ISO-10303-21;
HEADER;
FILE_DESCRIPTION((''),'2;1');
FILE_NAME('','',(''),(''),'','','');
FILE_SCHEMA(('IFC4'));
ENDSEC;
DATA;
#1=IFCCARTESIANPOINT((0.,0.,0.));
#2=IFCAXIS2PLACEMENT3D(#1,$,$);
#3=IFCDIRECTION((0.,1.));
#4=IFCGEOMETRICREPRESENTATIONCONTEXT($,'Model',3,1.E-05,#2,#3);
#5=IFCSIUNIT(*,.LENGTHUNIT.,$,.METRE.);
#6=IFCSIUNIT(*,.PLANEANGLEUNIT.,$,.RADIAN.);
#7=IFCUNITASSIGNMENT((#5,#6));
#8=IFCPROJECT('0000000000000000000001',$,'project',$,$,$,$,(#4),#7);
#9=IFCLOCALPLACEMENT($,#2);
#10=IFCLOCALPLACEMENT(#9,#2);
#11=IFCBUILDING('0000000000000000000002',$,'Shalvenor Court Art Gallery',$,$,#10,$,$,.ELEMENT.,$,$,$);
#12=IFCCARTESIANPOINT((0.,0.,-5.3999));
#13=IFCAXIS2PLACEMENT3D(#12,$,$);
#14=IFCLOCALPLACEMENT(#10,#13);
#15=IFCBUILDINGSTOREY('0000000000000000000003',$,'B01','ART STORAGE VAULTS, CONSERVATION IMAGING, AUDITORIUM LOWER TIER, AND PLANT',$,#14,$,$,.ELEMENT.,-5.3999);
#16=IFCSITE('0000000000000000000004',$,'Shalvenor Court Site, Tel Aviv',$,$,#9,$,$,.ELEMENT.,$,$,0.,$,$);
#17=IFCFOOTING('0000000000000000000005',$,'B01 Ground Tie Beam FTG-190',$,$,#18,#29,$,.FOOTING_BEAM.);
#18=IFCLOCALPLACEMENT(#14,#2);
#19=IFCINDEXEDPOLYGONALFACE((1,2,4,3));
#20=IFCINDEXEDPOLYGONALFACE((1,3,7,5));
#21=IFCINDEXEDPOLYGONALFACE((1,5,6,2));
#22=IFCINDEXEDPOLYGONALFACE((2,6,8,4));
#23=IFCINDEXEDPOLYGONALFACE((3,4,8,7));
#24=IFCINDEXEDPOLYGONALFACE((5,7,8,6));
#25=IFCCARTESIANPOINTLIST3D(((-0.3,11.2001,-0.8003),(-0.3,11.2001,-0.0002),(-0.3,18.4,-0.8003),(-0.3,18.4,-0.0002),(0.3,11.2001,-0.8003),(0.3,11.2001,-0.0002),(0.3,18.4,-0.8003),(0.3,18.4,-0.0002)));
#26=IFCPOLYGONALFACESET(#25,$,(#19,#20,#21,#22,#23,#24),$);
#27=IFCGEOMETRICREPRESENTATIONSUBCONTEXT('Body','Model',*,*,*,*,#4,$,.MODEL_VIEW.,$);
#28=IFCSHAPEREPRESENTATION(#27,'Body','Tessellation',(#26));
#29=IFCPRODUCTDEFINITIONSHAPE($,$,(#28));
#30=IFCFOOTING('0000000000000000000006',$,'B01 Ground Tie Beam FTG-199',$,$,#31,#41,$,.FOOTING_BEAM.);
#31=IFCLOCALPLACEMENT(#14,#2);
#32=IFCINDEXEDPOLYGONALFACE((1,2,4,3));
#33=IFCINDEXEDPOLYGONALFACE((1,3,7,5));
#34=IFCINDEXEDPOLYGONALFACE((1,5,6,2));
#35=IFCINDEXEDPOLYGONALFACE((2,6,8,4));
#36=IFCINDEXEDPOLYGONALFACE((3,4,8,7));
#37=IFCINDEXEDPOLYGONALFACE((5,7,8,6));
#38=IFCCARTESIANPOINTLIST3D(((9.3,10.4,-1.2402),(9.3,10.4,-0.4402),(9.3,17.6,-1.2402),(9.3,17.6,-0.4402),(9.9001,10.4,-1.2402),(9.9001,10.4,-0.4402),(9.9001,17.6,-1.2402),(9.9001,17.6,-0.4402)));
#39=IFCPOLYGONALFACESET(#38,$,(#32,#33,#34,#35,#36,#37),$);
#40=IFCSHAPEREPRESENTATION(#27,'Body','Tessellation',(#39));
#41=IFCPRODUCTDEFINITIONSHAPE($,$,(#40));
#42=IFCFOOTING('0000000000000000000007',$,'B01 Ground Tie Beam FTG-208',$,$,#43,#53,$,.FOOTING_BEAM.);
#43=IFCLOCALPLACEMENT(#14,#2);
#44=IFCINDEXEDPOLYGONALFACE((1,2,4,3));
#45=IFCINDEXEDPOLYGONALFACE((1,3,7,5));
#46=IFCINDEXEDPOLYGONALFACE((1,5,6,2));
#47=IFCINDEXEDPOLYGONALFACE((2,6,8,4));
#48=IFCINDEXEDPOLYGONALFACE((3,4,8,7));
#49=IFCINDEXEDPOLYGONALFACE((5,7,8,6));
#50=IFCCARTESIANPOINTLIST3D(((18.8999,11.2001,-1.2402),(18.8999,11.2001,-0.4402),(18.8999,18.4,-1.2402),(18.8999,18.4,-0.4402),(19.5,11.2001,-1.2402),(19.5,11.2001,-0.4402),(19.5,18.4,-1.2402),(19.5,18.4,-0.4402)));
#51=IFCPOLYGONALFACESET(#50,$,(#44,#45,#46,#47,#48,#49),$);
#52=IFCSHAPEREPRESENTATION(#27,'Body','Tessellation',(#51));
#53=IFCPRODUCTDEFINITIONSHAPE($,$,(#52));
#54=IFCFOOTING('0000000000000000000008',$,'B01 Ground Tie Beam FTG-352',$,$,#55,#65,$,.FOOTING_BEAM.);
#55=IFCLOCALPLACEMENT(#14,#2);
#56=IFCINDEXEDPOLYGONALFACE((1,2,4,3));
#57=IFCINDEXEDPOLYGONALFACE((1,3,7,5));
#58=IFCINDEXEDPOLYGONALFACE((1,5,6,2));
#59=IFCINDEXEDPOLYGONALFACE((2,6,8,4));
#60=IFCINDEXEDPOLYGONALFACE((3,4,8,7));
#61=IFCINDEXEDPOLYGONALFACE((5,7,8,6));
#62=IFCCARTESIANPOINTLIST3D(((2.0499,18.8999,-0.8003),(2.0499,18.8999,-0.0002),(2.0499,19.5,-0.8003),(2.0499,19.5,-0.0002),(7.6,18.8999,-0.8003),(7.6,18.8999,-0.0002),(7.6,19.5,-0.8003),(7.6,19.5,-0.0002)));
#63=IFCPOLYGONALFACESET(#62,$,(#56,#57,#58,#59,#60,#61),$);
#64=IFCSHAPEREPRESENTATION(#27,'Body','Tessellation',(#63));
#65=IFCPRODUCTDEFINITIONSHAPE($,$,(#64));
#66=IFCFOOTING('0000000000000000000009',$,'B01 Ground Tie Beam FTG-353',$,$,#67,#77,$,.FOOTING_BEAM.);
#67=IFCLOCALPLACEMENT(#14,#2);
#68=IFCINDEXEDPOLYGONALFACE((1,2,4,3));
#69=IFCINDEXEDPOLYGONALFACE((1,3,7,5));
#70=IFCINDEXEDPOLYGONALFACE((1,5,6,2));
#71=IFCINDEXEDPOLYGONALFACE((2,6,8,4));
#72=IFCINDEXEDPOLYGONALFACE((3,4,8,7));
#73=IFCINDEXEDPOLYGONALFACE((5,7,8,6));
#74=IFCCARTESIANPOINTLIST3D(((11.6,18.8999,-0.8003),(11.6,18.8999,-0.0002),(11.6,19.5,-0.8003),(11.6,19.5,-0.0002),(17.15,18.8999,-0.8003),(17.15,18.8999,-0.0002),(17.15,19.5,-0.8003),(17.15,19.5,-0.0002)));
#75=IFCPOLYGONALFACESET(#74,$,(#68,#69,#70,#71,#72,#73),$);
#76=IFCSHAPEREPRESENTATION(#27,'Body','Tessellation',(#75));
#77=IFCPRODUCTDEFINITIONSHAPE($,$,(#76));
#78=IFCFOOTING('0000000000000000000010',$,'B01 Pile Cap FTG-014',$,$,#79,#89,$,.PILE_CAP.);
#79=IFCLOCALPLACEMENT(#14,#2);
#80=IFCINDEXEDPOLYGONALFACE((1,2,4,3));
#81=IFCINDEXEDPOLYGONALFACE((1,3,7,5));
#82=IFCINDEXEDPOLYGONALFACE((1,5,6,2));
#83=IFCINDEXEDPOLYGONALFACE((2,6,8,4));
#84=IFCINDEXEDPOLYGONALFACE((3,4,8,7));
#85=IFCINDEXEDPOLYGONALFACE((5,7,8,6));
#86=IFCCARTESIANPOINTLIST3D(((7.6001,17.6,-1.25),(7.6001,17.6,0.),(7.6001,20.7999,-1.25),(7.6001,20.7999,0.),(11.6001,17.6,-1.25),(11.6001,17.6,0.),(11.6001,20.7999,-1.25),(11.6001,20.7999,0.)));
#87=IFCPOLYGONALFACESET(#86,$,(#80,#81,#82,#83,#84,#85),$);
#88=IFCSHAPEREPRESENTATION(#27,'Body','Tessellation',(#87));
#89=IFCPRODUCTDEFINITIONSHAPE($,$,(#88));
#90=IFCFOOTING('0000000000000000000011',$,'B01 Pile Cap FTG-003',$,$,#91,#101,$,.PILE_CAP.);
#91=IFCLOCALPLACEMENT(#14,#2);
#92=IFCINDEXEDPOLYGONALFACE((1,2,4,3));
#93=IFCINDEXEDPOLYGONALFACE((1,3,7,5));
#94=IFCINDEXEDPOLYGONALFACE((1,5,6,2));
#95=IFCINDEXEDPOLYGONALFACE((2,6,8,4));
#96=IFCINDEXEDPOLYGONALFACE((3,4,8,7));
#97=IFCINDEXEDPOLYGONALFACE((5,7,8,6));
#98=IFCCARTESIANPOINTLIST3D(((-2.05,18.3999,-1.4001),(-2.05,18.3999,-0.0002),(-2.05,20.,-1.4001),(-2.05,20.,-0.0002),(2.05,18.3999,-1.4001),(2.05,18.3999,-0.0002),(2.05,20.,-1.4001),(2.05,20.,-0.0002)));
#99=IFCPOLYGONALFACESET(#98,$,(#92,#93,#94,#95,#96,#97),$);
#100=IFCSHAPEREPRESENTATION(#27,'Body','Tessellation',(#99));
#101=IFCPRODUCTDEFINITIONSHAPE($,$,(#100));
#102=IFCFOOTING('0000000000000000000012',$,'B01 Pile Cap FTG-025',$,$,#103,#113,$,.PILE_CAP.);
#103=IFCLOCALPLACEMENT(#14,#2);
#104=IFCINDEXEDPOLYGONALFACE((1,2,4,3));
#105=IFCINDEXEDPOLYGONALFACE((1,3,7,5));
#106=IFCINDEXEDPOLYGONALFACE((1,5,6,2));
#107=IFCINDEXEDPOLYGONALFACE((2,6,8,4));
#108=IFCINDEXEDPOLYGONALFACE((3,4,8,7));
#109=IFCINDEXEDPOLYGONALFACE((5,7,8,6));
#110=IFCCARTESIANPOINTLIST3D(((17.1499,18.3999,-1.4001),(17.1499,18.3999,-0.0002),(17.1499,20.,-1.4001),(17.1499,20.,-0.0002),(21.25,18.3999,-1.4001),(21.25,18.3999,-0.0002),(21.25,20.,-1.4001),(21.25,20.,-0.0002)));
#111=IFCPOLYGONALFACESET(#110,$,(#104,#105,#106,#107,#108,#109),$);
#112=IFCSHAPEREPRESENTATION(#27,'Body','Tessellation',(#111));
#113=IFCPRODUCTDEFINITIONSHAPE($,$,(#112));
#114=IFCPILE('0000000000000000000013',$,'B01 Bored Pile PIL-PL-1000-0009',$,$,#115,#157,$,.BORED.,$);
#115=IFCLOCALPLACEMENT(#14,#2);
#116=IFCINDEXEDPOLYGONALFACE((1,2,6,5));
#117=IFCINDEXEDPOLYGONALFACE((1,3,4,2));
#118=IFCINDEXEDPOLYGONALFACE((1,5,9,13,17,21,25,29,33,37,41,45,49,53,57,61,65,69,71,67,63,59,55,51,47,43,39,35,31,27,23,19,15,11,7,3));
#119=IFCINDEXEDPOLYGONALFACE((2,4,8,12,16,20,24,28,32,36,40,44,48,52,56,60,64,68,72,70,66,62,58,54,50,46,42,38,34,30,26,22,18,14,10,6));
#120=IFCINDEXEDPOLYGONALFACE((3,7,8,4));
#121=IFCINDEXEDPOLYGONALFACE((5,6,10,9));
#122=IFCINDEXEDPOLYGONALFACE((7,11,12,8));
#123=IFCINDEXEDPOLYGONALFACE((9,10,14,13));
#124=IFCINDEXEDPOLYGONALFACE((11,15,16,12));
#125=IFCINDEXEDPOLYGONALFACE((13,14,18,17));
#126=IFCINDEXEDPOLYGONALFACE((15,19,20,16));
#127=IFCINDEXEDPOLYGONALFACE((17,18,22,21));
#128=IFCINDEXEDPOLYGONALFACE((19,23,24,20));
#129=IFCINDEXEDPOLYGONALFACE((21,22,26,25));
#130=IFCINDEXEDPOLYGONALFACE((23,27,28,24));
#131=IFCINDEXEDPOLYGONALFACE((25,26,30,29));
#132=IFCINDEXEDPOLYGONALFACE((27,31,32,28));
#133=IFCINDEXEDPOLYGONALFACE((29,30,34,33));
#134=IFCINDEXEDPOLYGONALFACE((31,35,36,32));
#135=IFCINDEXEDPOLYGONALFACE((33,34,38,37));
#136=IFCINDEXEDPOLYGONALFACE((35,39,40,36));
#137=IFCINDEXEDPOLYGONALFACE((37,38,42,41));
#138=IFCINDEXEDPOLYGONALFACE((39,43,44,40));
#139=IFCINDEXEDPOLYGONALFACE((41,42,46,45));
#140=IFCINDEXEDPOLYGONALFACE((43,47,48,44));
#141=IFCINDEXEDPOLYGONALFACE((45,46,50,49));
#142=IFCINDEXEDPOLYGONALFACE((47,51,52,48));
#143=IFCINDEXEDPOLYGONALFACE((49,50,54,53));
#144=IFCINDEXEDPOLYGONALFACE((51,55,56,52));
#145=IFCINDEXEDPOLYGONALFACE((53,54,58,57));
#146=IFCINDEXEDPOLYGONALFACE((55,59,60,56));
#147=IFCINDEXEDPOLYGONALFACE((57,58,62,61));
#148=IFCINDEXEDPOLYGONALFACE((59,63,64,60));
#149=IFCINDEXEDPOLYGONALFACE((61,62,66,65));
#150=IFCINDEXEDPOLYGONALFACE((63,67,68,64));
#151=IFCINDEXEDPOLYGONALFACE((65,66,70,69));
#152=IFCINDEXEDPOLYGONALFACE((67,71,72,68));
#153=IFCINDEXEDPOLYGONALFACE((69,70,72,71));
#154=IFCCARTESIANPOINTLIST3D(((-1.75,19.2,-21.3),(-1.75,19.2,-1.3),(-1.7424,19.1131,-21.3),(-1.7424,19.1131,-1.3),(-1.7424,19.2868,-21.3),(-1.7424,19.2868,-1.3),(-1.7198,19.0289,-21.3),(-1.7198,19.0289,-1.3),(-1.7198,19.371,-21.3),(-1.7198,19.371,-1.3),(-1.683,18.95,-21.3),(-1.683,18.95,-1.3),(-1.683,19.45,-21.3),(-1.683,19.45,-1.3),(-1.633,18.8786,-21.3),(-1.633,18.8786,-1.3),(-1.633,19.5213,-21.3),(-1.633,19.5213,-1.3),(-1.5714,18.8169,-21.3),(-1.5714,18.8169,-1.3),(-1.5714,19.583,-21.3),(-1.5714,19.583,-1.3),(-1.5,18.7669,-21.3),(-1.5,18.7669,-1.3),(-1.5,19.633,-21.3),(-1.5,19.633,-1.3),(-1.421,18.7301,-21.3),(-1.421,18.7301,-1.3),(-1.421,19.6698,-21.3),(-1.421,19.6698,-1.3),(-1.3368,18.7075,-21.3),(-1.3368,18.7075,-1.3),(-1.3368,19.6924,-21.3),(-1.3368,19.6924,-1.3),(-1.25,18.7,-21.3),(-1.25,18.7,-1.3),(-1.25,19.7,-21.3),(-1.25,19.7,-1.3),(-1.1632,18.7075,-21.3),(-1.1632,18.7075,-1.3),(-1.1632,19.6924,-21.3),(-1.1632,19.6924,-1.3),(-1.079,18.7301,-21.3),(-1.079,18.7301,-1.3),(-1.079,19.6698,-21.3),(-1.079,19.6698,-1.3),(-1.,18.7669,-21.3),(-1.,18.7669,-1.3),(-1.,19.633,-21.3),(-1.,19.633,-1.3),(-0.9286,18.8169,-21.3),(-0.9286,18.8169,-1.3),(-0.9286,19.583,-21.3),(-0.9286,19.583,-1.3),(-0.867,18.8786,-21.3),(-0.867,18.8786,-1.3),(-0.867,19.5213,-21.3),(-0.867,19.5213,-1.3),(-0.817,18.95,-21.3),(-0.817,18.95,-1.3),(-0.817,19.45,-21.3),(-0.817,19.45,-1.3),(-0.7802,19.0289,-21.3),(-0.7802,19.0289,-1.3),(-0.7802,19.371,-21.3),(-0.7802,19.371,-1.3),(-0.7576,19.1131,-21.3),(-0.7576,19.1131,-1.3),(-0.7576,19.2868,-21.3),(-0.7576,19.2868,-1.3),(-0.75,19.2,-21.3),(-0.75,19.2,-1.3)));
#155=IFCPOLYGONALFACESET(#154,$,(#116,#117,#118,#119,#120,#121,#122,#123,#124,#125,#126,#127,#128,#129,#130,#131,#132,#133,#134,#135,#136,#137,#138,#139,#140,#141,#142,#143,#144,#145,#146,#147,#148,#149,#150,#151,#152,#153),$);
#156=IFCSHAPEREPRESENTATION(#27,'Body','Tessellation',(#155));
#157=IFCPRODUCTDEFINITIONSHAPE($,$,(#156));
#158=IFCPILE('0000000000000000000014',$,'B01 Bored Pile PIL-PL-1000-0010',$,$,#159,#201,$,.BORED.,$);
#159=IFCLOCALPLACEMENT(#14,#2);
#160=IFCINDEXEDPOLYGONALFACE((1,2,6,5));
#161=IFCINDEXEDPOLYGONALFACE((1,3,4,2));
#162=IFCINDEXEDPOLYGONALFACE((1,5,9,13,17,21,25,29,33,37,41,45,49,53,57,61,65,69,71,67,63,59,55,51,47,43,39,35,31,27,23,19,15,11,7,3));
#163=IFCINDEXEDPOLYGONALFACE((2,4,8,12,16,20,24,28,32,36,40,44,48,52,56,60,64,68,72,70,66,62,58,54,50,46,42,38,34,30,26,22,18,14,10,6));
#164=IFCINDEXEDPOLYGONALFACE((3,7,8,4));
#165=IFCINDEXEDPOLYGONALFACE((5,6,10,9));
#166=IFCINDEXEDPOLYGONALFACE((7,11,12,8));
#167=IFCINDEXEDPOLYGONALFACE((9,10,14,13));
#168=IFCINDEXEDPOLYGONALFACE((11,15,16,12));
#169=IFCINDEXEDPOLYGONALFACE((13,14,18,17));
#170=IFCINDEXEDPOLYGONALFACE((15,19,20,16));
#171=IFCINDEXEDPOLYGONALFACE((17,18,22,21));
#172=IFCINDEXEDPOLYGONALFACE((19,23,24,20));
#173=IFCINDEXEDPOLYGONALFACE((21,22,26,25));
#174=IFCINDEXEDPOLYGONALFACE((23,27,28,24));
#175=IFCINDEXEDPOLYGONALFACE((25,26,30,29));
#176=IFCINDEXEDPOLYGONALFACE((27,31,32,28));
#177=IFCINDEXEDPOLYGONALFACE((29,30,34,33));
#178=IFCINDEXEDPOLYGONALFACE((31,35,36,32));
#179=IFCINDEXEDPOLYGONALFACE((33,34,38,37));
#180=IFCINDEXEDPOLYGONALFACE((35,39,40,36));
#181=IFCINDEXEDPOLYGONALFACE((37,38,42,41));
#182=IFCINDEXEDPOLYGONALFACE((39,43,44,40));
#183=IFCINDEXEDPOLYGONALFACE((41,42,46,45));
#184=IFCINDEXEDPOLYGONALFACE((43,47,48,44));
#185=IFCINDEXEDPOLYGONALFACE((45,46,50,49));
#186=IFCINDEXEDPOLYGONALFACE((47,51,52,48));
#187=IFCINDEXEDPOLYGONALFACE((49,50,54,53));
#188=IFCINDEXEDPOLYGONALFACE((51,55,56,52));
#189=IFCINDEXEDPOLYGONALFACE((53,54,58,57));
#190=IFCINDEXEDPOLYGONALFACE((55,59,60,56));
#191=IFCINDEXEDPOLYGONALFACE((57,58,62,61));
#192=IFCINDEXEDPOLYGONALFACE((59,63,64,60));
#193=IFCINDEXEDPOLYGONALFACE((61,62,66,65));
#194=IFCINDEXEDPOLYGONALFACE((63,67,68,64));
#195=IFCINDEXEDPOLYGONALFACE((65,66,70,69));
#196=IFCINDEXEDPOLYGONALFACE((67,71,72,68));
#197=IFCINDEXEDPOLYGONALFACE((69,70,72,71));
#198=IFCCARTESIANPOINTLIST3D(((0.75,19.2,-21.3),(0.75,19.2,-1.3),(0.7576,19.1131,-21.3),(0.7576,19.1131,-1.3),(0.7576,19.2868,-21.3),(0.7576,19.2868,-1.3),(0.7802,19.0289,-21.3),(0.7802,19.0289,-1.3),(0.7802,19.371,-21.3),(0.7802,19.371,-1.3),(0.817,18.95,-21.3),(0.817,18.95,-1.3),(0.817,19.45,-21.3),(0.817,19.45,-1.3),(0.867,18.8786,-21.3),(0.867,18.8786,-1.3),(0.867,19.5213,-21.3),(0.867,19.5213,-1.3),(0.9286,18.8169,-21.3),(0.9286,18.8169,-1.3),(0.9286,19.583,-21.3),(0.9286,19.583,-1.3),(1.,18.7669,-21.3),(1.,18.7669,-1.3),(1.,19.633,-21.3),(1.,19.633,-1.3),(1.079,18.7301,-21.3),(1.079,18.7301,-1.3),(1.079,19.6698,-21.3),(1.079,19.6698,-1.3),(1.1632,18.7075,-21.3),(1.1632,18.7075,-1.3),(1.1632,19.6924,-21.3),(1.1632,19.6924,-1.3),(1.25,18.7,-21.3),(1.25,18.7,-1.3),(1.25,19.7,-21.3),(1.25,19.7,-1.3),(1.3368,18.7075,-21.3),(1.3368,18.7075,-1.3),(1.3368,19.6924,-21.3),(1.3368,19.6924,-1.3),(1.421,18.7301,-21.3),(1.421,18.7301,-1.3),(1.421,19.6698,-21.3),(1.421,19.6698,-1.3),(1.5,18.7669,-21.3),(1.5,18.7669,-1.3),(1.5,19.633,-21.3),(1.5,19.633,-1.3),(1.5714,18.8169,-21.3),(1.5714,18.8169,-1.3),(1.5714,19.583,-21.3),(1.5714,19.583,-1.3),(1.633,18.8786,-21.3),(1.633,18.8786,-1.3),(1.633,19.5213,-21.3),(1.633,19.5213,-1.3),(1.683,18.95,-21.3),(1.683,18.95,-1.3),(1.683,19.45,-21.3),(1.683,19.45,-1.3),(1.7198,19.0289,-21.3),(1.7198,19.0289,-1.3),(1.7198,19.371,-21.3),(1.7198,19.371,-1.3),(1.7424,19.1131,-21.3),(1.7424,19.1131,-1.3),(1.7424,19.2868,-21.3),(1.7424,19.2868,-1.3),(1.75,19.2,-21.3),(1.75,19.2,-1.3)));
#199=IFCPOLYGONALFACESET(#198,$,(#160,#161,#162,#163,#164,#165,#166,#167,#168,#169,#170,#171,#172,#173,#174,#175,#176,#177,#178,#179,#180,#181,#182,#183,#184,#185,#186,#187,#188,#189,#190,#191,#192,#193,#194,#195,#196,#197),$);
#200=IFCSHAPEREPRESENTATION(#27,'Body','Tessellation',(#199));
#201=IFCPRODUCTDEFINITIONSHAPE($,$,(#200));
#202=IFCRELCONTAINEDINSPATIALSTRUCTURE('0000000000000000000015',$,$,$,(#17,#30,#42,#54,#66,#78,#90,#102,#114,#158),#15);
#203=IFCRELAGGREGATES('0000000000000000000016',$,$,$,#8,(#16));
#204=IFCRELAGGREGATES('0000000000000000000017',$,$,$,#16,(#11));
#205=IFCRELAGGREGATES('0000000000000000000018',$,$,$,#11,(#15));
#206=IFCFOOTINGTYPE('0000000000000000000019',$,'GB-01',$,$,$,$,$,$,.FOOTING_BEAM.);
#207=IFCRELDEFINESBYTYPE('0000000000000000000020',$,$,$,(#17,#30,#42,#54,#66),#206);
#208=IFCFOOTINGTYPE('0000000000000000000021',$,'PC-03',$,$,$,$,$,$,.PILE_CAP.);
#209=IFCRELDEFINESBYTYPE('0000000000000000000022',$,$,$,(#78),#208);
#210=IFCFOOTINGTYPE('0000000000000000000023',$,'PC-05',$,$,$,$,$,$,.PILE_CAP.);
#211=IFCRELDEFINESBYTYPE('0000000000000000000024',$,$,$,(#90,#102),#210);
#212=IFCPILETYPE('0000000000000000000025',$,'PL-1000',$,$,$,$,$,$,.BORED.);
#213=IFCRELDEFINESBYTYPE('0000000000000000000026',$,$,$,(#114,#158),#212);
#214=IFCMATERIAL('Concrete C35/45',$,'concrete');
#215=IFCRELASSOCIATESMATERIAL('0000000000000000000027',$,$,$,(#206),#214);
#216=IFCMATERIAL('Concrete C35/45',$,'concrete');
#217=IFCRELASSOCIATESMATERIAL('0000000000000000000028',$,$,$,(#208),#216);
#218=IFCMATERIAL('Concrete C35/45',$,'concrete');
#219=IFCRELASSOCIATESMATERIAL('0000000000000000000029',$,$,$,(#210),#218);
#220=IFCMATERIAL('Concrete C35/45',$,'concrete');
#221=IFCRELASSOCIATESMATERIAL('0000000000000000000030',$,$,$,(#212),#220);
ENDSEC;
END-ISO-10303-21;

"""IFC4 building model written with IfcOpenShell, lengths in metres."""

from ifc_helpers import new_model, si_unit, direction, frame, origin, origin_2d, place, context, subcontext, project, spatial, rectangle, circle, extrude, material, material_profile, profile_set, type_object, element, save


model = new_model("IFC4")

# Units and contexts
model_context = context("Model", 3, precision=1e-05, world=origin(), true_north=direction((0.0, 1.0)))
body_context = subcontext(model_context, "Body", "Model", "MODEL_VIEW")
ifc_project = project(units=[si_unit("LENGTHUNIT", "METRE"), si_unit("PLANEANGLEUNIT", "RADIAN")], contexts=[model_context])

# Site, building, storey
site_placement = place(None, origin())
site = spatial("IfcSite", under=ifc_project, at=site_placement, Name="Shalvenor Court Site, Tel Aviv", CompositionType="ELEMENT", RefElevation=0.0)
building_placement = place(site_placement, origin())
building = spatial("IfcBuilding", under=site, at=building_placement, Name="Shalvenor Court Art Gallery", CompositionType="ELEMENT")
storey_placement = place(building_placement, frame((0.0, 0.0, -5.3999)))
storey = spatial("IfcBuildingStorey", under=building, at=storey_placement, Name="B01", Description="ART STORAGE VAULTS, CONSERVATION IMAGING, AUDITORIUM LOWER TIER, AND PLANT", CompositionType="ELEMENT", Elevation=-5.3999)

# Footings
ifc_material_1 = material(Name="Concrete C35/45", Category="concrete")
footing_type_1 = type_object("IfcFootingType", Name="GB-01", PredefinedType="FOOTING_BEAM", material=ifc_material_1)
for number, where, z_axis, x_axis, name in (
    (1, (0.0, 14.8, -0.8003), (0.0, 0.0, 1.0), (0.0, 1.0, 0.0), "B01 Ground Tie Beam FTG-190"),
    (2, (9.6001, 14.0, -1.2402), (0.0, 0.0, 1.0), (0.0, 1.0, 0.0), "B01 Ground Tie Beam FTG-199"),
    (3, (19.2, 14.8, -1.2402), (0.0, 0.0, 1.0), (0.0, 1.0, 0.0), "B01 Ground Tie Beam FTG-208"),
):
    element("IfcFooting", number, at=place(storey_placement, frame(where, z_axis=z_axis, x_axis=x_axis)), inside=storey, type_object=footing_type_1, Name=name, PredefinedType="FOOTING_BEAM", context=body_context, shape_type="SweptSolid", body=[
        extrude(rectangle(XDim=7.2, YDim=0.6001, at=origin_2d()), origin(), (0.0, 0.0, 1.0), 0.8),
    ])
for number, where, z_axis, x_axis, name in (
    (4, (4.825, 19.2, -0.8003), (0.0, 0.0, 1.0), (1.0, 0.0, 0.0), "B01 Ground Tie Beam FTG-352"),
    (5, (14.375, 19.2, -0.8003), (0.0, 0.0, 1.0), (1.0, 0.0, 0.0), "B01 Ground Tie Beam FTG-353"),
):
    element("IfcFooting", number, at=place(storey_placement, frame(where, z_axis=z_axis, x_axis=x_axis)), inside=storey, type_object=footing_type_1, Name=name, PredefinedType="FOOTING_BEAM", context=body_context, shape_type="SweptSolid", body=[
        extrude(rectangle(XDim=5.55, YDim=0.6001, at=origin_2d()), origin(), (0.0, 0.0, 1.0), 0.8),
    ])
ifc_material_2 = material(Name="Concrete C35/45", Category="concrete")
footing_type_2 = type_object("IfcFootingType", Name="PC-03", PredefinedType="PILE_CAP", material=ifc_material_2)
footing_1_placement = place(storey_placement, frame((9.6001, 19.2, -1.25), z_axis=(0.0, 0.0, 1.0), x_axis=(1.0, 0.0, 0.0)))
element("IfcFooting", 6, at=footing_1_placement, inside=storey, type_object=footing_type_2, Name="B01 Pile Cap FTG-014", PredefinedType="PILE_CAP", context=body_context, shape_type="SweptSolid", body=[
    extrude(rectangle(XDim=4.0, YDim=3.2, at=origin_2d()), origin(), (0.0, 0.0, 1.0), 1.25),
])
ifc_material_3 = material(Name="Concrete C35/45", Category="concrete")
footing_type_3 = type_object("IfcFootingType", Name="PC-05", PredefinedType="PILE_CAP", material=ifc_material_3)
for number, where, z_axis, x_axis, name in (
    (7, (0.0, 19.2, -1.4001), (0.0, 0.0, 1.0), (1.0, 0.0, 0.0), "B01 Pile Cap FTG-003"),
    (8, (19.2, 19.2, -1.4001), (0.0, 0.0, 1.0), (1.0, 0.0, 0.0), "B01 Pile Cap FTG-025"),
):
    element("IfcFooting", number, at=place(storey_placement, frame(where, z_axis=z_axis, x_axis=x_axis)), inside=storey, type_object=footing_type_3, Name=name, PredefinedType="PILE_CAP", context=body_context, shape_type="SweptSolid", body=[
        extrude(rectangle(XDim=4.1001, YDim=1.6001, at=origin_2d()), origin(), (0.0, 0.0, 1.0), 1.3999),
    ])

# Piles
ifc_material_4 = material(Name="Concrete C35/45", Category="concrete")
ifc_material_profile_1 = material_profile(ifc_material_4, circle(Radius=0.5, at=origin_2d()), Name="PILE 1000")
ifc_profile_set_1 = profile_set([ifc_material_profile_1], Name="Concrete C35/45")
pile_type_1 = type_object("IfcPileType", Name="PL-1000", PredefinedType="BORED", material=ifc_profile_set_1)
for number, where, z_axis, x_axis, name in (
    (9, (-1.25, 19.2, -1.3), (0.0, 0.0, -1.0), (1.0, 0.0, 0.0), "B01 Bored Pile PIL-PL-1000-0009"),
    (10, (1.25, 19.2, -1.3), (0.0, 0.0, -1.0), (1.0, 0.0, 0.0), "B01 Bored Pile PIL-PL-1000-0010"),
):
    element("IfcPile", number, at=place(storey_placement, frame(where, z_axis=z_axis, x_axis=x_axis)), inside=storey, type_object=pile_type_1, Name=name, PredefinedType="BORED", context=body_context, shape_type="SweptSolid", body=[
        extrude(circle(Radius=0.5, at=origin_2d()), origin(), (0.0, 0.0, 1.0), 20.0),
    ])

save(model, "model.ifc")
